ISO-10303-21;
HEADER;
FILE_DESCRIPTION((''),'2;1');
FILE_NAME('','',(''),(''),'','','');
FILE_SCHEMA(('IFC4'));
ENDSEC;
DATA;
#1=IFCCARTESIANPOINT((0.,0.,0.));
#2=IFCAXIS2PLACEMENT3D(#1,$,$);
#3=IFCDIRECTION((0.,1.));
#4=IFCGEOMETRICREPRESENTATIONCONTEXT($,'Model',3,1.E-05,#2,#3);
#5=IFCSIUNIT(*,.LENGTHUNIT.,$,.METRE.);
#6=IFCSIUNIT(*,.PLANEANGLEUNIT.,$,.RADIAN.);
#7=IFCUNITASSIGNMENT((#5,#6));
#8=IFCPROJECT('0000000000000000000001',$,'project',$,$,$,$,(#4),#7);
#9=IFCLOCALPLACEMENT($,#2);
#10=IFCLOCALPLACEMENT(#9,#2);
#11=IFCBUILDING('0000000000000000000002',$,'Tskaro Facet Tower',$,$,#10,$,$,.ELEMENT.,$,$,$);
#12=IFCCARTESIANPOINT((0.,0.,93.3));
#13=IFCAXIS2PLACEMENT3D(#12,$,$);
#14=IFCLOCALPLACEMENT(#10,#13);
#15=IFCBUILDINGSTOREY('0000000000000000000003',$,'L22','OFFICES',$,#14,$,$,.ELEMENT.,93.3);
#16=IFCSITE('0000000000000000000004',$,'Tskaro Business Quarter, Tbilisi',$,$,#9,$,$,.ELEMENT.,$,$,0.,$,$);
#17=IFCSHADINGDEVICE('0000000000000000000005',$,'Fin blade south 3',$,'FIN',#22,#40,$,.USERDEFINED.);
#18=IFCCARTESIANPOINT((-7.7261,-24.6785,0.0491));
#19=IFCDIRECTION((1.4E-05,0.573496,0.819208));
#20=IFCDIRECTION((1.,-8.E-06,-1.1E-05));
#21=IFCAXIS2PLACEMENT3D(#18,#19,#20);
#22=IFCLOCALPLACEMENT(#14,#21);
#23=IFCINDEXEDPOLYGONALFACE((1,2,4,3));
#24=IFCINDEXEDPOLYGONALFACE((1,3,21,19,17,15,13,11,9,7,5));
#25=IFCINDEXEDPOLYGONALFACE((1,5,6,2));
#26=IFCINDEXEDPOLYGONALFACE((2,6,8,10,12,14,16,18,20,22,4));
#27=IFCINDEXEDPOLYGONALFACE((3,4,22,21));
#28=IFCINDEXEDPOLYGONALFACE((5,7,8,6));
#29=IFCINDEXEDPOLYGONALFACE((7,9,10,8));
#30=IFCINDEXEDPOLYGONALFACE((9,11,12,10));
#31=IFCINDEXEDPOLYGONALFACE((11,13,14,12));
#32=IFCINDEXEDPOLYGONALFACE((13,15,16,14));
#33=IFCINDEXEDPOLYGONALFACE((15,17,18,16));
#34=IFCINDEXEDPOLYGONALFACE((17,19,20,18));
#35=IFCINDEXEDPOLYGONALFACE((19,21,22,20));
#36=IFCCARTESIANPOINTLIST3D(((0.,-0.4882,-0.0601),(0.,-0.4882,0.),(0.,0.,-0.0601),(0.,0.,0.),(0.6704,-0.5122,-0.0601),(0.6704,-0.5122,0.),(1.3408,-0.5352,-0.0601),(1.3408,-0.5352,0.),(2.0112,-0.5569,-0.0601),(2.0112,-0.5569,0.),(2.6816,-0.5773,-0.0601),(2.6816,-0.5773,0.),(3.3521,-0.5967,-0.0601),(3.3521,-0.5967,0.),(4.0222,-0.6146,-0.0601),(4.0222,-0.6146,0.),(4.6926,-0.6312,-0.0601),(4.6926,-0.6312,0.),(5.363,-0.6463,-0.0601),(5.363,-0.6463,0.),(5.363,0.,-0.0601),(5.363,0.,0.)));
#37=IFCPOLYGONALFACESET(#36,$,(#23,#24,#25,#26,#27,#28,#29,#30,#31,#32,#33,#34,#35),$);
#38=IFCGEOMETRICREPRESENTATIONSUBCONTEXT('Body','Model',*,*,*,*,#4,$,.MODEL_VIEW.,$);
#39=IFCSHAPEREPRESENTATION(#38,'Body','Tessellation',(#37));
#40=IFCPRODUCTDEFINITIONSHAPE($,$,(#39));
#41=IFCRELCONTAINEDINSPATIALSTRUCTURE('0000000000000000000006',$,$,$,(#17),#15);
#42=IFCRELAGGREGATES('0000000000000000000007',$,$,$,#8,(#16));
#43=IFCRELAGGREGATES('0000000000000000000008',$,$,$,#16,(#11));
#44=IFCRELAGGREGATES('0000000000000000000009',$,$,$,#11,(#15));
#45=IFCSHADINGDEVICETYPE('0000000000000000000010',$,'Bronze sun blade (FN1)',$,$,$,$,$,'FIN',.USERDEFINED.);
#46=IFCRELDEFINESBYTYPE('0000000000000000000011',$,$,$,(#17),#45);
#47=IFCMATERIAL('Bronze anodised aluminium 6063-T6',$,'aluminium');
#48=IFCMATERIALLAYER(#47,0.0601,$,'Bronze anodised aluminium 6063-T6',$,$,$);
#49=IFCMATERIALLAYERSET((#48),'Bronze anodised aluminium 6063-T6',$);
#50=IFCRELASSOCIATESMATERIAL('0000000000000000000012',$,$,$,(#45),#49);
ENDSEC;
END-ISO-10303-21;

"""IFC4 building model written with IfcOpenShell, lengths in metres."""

from ifc_helpers import new_model, si_unit, direction, frame, origin, place, context, subcontext, project, spatial, polyline, outline, extrude, material, layer, layer_set, type_object, element, save


model = new_model("IFC4")

# Units and contexts
model_context = context("Model", 3, precision=1e-05, world=origin(), true_north=direction((0.0, 1.0)))
body_context = subcontext(model_context, "Body", "Model", "MODEL_VIEW")
ifc_project = project(units=[si_unit("LENGTHUNIT", "METRE"), si_unit("PLANEANGLEUNIT", "RADIAN")], contexts=[model_context])

# Site, building, storey
site_placement = place(None, origin())
site = spatial("IfcSite", under=ifc_project, at=site_placement, Name="Tskaro Business Quarter, Tbilisi", CompositionType="ELEMENT", RefElevation=0.0)
building_placement = place(site_placement, origin())
building = spatial("IfcBuilding", under=site, at=building_placement, Name="Tskaro Facet Tower", CompositionType="ELEMENT")
storey_placement = place(building_placement, frame((0.0, 0.0, 93.3)))
storey = spatial("IfcBuildingStorey", under=building, at=storey_placement, Name="L22", Description="OFFICES", CompositionType="ELEMENT", Elevation=93.3)

# Shared definitions
ifc_material_1 = material(Name="Bronze anodised aluminium 6063-T6", Category="aluminium")

# Shading device
ifc_layer_1 = layer(ifc_material_1, 0.0601, Name="Bronze anodised aluminium 6063-T6")
ifc_layer_set_1 = layer_set([ifc_layer_1], Name="Bronze anodised aluminium 6063-T6")
shading_device_type = type_object("IfcShadingDeviceType", Name="Bronze sun blade (FN1)", ElementType="FIN", PredefinedType="USERDEFINED", material=ifc_layer_set_1)
shading_device_1_placement = place(storey_placement, frame((-7.7261, -24.6785, 0.0491), z_axis=(0.000014, 0.573496, 0.819208), x_axis=(1.0, -0.000008, -0.000011)))
element("IfcShadingDevice", 1, at=shading_device_1_placement, inside=storey, type_object=shading_device_type, Name="Fin blade south 3", ObjectType="FIN", PredefinedType="USERDEFINED", context=body_context, shape_type="SweptSolid", body=[
    extrude(outline(polyline([(0.0, 0.0), (5.363, 0.0), (5.363, -0.6463), (4.6926, -0.6312), (4.0222, -0.6146), (3.3521, -0.5967), (2.6816, -0.5773), (2.0112, -0.5569), (1.3408, -0.5352), (0.6704, -0.5122), (0.0, -0.4882), (0.0, 0.0)])), origin(), (0.0, 0.0, -1.0), 0.0601),
])

save(model, "model.ifc")
